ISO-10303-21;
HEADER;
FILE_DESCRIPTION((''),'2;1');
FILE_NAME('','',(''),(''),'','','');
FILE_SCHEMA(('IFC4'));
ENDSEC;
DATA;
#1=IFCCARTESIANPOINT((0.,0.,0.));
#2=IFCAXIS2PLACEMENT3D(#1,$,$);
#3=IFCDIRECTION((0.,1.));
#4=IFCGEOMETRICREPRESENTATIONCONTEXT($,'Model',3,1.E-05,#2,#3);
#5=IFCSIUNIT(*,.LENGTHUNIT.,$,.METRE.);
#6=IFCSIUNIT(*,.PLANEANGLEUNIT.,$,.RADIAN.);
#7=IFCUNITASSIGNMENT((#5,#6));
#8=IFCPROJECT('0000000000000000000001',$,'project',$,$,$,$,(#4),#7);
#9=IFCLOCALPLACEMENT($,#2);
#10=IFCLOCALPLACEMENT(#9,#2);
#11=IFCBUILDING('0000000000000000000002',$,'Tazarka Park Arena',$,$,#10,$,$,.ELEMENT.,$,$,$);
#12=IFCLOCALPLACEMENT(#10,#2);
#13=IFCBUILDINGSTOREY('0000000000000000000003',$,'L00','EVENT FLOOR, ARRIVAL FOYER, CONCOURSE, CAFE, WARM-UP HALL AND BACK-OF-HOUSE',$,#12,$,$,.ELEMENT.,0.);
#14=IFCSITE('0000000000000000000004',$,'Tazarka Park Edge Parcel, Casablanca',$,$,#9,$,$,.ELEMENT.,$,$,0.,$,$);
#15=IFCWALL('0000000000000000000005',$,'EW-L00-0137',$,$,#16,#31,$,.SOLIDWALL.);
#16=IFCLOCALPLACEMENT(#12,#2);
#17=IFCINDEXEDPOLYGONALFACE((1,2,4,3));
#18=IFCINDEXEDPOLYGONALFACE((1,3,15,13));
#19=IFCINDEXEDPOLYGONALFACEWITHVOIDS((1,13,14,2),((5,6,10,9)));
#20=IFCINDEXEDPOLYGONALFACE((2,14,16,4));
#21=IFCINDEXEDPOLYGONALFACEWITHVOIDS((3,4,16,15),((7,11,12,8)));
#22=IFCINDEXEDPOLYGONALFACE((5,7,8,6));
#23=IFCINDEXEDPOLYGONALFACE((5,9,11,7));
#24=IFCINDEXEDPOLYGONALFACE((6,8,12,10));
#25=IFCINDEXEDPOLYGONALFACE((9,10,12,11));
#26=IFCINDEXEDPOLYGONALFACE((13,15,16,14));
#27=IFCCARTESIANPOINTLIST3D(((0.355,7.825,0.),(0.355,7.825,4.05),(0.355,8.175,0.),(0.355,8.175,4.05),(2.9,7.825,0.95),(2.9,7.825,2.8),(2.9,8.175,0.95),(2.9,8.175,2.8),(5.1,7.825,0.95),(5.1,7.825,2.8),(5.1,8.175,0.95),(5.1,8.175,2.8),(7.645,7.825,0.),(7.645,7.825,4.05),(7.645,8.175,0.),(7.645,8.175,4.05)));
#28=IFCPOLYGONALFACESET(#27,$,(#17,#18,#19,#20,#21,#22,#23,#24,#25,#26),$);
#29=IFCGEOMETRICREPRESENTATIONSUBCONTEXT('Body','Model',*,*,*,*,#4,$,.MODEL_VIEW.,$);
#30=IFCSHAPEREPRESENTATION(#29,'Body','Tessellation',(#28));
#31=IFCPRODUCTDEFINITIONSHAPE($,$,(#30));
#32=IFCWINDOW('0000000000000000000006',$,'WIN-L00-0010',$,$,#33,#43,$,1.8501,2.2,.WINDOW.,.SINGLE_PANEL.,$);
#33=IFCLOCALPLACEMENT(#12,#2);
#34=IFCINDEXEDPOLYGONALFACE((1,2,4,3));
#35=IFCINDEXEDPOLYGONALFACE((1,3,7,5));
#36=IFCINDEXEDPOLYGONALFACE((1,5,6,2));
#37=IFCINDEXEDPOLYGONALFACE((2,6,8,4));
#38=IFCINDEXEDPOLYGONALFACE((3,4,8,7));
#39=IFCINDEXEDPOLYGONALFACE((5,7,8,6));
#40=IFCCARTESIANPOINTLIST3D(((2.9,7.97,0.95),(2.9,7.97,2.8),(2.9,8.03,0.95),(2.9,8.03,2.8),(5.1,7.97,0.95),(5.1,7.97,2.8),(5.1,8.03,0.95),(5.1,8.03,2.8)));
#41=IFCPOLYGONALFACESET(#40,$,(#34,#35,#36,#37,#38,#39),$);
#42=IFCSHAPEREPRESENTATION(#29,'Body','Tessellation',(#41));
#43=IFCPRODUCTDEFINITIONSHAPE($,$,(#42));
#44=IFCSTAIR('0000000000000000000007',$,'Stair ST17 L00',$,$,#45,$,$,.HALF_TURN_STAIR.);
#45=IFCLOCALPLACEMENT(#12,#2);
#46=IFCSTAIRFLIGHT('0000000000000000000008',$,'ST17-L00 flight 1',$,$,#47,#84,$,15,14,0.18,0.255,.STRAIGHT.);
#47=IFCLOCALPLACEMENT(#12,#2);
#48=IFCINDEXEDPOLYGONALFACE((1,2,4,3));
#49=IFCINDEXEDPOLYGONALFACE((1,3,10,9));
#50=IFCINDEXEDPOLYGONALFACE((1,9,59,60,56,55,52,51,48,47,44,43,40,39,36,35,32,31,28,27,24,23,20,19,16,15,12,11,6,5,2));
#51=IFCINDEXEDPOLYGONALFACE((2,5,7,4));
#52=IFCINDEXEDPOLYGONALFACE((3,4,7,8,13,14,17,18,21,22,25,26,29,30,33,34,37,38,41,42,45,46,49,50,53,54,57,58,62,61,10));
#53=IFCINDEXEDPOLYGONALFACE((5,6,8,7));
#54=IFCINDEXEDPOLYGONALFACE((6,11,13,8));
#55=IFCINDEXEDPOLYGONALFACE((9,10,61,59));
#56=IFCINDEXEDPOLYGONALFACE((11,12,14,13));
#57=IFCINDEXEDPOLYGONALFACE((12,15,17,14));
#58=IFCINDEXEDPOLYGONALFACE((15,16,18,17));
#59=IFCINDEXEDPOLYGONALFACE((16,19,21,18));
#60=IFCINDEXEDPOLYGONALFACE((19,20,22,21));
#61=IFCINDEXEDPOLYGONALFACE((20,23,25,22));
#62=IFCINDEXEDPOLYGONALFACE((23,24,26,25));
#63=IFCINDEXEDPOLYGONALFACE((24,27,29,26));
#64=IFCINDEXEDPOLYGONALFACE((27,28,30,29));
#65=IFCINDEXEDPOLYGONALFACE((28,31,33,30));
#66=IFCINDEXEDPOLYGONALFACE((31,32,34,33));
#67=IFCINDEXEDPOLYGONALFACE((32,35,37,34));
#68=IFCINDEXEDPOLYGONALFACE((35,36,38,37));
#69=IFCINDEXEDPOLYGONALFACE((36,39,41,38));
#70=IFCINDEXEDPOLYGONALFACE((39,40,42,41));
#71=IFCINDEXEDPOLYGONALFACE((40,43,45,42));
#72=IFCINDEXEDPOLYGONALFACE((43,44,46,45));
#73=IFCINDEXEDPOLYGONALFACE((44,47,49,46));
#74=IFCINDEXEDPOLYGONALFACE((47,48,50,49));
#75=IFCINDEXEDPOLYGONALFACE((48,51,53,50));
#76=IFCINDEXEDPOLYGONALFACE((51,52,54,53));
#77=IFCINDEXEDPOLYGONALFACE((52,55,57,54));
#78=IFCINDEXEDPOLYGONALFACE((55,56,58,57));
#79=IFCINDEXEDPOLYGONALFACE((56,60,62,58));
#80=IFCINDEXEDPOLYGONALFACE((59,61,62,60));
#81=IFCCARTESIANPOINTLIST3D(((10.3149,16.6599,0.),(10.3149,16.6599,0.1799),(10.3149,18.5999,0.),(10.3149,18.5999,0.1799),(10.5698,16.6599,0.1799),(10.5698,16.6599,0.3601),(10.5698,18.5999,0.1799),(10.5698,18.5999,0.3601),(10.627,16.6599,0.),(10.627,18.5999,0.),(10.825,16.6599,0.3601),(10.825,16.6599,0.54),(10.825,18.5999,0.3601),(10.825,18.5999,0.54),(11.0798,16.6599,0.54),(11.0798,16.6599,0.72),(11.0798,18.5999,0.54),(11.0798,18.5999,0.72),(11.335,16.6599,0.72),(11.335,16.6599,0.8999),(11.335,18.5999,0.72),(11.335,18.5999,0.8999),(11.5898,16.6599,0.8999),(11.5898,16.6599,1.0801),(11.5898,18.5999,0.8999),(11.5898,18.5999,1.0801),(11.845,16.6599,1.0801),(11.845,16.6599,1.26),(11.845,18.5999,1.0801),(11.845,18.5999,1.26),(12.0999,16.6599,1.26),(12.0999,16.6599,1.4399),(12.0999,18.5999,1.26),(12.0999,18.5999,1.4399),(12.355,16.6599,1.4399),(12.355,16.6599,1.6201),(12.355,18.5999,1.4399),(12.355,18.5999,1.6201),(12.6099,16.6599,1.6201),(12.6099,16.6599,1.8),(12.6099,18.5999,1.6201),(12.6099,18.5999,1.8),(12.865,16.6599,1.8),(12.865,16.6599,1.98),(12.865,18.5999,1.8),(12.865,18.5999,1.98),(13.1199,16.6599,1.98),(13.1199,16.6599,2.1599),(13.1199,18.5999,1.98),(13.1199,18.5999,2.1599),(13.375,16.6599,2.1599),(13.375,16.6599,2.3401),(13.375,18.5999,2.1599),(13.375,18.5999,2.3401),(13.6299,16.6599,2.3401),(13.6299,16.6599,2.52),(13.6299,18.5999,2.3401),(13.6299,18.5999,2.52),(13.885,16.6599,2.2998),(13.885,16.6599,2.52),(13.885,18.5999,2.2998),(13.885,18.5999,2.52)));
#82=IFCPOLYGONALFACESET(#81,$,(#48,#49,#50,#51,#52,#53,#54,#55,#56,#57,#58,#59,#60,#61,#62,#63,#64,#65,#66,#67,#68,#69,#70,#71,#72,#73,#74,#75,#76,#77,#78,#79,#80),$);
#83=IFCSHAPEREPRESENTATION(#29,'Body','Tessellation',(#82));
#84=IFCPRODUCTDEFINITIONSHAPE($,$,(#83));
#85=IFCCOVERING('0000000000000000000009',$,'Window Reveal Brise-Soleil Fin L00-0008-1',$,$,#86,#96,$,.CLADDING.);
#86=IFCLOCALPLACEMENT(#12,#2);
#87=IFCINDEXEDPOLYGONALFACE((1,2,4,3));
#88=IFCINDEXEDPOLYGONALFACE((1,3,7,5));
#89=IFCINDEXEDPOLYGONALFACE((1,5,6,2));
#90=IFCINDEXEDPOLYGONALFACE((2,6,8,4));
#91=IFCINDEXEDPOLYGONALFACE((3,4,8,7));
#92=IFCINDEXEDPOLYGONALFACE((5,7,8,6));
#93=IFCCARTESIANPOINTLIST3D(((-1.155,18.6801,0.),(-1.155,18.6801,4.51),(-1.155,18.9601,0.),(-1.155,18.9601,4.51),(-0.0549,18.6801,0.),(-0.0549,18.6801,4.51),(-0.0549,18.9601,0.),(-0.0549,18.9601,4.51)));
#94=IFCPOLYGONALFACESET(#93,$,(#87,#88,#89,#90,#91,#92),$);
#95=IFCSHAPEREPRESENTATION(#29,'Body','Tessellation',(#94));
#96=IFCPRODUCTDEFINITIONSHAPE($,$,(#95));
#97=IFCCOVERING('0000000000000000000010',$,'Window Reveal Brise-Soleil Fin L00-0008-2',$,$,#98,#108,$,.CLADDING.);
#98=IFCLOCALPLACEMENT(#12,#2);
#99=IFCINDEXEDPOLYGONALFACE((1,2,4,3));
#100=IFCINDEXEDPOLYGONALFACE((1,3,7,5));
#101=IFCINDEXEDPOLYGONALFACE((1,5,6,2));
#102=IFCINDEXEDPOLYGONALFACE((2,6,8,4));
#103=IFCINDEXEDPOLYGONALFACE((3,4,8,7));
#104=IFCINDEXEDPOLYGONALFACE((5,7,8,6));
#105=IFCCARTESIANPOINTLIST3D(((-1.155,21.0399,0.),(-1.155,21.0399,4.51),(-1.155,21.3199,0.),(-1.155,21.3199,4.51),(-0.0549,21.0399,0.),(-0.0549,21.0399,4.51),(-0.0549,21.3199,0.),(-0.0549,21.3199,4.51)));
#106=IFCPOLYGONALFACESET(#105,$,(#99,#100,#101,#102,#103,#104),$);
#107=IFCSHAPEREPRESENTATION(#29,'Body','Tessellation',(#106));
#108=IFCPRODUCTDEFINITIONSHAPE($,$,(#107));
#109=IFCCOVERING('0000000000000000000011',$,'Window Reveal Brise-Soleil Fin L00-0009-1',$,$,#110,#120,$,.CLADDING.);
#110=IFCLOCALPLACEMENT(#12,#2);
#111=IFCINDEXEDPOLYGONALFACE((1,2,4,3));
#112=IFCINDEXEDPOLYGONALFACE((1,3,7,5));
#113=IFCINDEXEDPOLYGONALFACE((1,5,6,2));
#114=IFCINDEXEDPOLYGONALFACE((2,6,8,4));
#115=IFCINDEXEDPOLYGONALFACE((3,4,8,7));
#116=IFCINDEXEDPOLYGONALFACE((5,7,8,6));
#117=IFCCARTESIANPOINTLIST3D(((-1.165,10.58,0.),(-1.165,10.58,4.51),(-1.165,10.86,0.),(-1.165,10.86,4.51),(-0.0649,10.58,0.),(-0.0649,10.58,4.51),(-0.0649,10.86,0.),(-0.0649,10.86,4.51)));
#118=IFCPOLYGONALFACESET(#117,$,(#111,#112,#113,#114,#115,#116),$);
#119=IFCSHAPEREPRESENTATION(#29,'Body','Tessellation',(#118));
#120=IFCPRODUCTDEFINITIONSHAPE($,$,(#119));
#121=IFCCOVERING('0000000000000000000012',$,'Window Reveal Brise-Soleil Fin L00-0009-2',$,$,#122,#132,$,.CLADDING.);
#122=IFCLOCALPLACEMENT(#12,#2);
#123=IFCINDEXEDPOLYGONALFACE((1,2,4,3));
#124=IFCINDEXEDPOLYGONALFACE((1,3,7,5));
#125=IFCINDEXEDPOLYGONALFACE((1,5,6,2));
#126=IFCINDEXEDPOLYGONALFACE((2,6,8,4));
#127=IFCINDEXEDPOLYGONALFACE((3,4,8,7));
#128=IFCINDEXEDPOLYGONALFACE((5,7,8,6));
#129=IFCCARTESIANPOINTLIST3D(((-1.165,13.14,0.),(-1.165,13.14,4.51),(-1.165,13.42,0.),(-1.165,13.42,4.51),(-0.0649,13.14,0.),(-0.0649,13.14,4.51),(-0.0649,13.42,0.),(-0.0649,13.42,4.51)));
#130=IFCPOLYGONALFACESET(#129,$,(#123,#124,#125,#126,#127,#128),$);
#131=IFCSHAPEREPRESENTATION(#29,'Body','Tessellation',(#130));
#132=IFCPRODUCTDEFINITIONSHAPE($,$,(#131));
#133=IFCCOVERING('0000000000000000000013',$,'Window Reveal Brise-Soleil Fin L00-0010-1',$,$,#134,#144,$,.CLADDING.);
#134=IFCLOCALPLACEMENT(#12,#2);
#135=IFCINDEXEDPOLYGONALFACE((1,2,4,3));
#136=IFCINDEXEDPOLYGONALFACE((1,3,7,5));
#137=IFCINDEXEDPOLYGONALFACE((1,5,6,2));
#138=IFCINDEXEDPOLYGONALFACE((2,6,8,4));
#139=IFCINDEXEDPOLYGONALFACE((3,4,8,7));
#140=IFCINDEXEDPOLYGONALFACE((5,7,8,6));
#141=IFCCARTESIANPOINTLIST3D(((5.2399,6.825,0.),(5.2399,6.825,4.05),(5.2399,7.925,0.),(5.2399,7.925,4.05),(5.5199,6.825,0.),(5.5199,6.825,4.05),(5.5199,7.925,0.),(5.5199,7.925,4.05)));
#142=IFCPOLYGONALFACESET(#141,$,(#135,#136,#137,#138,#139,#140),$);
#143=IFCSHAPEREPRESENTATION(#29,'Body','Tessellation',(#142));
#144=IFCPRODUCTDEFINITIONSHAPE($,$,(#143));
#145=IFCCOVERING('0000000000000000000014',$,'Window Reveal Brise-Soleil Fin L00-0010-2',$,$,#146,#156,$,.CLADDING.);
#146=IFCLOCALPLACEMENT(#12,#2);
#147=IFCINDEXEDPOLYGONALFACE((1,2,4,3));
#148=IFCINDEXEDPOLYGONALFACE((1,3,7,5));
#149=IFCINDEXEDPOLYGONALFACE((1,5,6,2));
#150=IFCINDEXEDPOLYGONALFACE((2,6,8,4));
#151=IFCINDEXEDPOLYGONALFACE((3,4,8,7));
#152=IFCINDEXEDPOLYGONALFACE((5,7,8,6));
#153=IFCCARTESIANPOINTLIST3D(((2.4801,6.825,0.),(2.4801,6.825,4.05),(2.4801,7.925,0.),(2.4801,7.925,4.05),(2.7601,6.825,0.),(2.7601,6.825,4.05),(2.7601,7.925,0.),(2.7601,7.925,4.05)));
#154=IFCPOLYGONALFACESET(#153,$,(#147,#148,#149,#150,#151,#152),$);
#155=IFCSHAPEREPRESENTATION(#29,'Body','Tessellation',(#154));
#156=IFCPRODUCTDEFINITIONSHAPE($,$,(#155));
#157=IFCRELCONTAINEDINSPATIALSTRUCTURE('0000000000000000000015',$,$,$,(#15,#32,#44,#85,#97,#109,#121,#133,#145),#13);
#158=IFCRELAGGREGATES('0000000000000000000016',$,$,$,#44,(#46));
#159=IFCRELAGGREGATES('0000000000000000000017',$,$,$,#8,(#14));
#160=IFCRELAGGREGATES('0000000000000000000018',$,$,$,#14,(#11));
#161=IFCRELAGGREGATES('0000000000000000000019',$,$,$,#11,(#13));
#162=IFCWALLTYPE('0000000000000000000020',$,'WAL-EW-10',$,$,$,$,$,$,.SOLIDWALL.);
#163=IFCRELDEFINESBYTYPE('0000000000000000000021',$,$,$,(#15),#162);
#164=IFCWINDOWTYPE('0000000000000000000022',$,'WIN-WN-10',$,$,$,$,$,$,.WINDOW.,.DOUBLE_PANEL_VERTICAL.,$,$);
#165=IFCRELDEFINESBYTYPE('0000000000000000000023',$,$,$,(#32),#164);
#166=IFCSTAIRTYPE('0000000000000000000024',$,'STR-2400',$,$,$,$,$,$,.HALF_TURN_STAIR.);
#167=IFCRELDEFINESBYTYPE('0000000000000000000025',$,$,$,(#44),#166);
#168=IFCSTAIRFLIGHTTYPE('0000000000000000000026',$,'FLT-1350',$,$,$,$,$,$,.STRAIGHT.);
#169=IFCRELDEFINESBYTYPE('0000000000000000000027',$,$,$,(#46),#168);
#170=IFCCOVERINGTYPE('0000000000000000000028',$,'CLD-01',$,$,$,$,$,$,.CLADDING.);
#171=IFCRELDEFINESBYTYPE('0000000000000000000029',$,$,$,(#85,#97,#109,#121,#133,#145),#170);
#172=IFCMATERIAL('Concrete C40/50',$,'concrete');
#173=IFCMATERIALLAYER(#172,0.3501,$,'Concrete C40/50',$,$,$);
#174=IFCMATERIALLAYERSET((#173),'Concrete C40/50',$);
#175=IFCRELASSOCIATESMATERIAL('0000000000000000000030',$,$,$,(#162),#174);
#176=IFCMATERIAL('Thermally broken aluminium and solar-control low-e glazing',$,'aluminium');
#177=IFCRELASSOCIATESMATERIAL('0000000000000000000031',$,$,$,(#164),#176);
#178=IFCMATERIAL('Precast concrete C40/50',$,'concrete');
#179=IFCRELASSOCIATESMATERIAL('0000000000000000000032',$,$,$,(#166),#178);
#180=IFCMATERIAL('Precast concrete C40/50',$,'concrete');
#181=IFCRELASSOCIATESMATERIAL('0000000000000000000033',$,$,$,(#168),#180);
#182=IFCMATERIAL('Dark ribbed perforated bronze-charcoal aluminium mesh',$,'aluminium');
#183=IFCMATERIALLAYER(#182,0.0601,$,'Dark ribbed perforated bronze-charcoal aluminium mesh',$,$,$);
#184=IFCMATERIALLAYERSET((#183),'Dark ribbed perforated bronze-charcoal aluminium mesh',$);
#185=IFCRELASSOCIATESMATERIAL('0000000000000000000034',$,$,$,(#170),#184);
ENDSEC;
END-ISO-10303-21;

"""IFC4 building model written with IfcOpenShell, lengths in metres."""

from ifc_helpers import new_model, si_unit, direction, frame, frame_2d, origin, origin_2d, place, context, subcontext, project, spatial, polyline, rectangle, outline, extrude, material, layer, layer_set, type_object, element, fill, aggregate, save


model = new_model("IFC4")

# Units and contexts
model_context = context("Model", 3, precision=1e-05, world=origin(), true_north=direction((0.0, 1.0)))
body_context = subcontext(model_context, "Body", "Model", "MODEL_VIEW")
ifc_project = project(units=[si_unit("LENGTHUNIT", "METRE"), si_unit("PLANEANGLEUNIT", "RADIAN")], contexts=[model_context])

# Site, building, storey
site_placement = place(None, origin())
site = spatial("IfcSite", under=ifc_project, at=site_placement, Name="Tazarka Park Edge Parcel, Casablanca", CompositionType="ELEMENT", RefElevation=0.0)
building_placement = place(site_placement, origin())
building = spatial("IfcBuilding", under=site, at=building_placement, Name="Tazarka Park Arena", CompositionType="ELEMENT")
storey_placement = place(building_placement, origin())
storey = spatial("IfcBuildingStorey", under=building, at=storey_placement, Name="L00", Description="EVENT FLOOR, ARRIVAL FOYER, CONCOURSE, CAFE, WARM-UP HALL AND BACK-OF-HOUSE", CompositionType="ELEMENT", Elevation=0.0)

# Wall, opening, window
ifc_material_1 = material(Name="Concrete C40/50", Category="concrete")
ifc_layer_1 = layer(ifc_material_1, 0.3501, Name="Concrete C40/50")
ifc_layer_set_1 = layer_set([ifc_layer_1], Name="Concrete C40/50")
wall_type_1 = type_object("IfcWallType", Name="WAL-EW-10", PredefinedType="SOLIDWALL", material=ifc_layer_set_1)
wall_1_placement = place(storey_placement, frame((7.645, 8.0, 0.0), z_axis=(0.0, 0.0, 1.0), x_axis=(-1.0, 0.0, 0.0)))
wall_1 = element("IfcWall", 1, at=wall_1_placement, inside=storey, type_object=wall_type_1, Name="EW-L00-0137", PredefinedType="SOLIDWALL", context=body_context, shape_type="SweptSolid", body=[
    extrude(rectangle(XDim=7.29, YDim=0.3501, at=frame_2d((3.645, 0.0))), origin(), (0.0, 0.0, 1.0), 4.05),
])
opening_1_placement = place(wall_1_placement, frame((2.5449, 0.0, 0.95)))
opening_1 = element("IfcOpeningElement", 2, at=opening_1_placement, cuts=wall_1, PredefinedType="OPENING", context=body_context, shape_type="SweptSolid", body=[
    extrude(rectangle(XDim=2.2, YDim=1.8501, at=frame_2d((1.1001, 0.925))), frame((0.0, 0.1851, 0.0), z_axis=(0.0, -1.0, 0.0), x_axis=(1.0, 0.0, 0.0)), (0.0, 0.0, 1.0), 0.3701),
])
ifc_material_2 = material(Name="Thermally broken aluminium and solar-control low-e glazing", Category="aluminium")
window_type_1 = type_object("IfcWindowType", Name="WIN-WN-10", PartitioningType="DOUBLE_PANEL_VERTICAL", PredefinedType="WINDOW", material=ifc_material_2)
window_1_placement = place(opening_1_placement, origin())
window_1 = element("IfcWindow", 3, at=window_1_placement, inside=storey, type_object=window_type_1, Name="WIN-L00-0010", OverallHeight=1.8501, OverallWidth=2.2, PartitioningType="SINGLE_PANEL", PredefinedType="WINDOW", context=body_context, shape_type="SweptSolid", body=[
    extrude(rectangle(XDim=2.2, YDim=1.8501, at=frame_2d((1.1001, 0.925))), frame((0.0, 0.03, 0.0), z_axis=(0.0, -1.0, 0.0), x_axis=(1.0, 0.0, 0.0)), (0.0, 0.0, 1.0), 0.0601),
])
fill(opening_1, window_1)

# Stair, stair flight
ifc_material_3 = material(Name="Precast concrete C40/50", Category="concrete")
stair_type = type_object("IfcStairType", Name="STR-2400", PredefinedType="HALF_TURN_STAIR", material=ifc_material_3)
stair_placement = place(storey_placement, origin())
stair = element("IfcStair", 4, at=stair_placement, inside=storey, type_object=stair_type, Name="Stair ST17 L00", PredefinedType="HALF_TURN_STAIR")
ifc_material_4 = material(Name="Precast concrete C40/50", Category="concrete")
stair_flight_type = type_object("IfcStairFlightType", Name="FLT-1350", PredefinedType="STRAIGHT", material=ifc_material_4)
stair_flight_placement = place(storey_placement, frame((10.3149, 17.6299, 0.0), z_axis=(0.0, 0.0, 1.0), x_axis=(1.0, 0.0, 0.0)))
stair_flight = element("IfcStairFlight", 5, at=stair_flight_placement, type_object=stair_flight_type, Name="ST17-L00 flight 1", NumberOfRisers=15, NumberOfTreads=14, PredefinedType="STRAIGHT", RiserHeight=0.18, TreadLength=0.255, context=body_context, shape_type="SweptSolid", body=[
    extrude(outline(polyline([(0.0, 0.0), (0.0, 0.1799), (0.2549, 0.1799), (0.2549, 0.3601), (0.51, 0.3601), (0.51, 0.54), (0.7649, 0.54), (0.7649, 0.72), (1.02, 0.72), (1.02, 0.8999), (1.2749, 0.8999), (1.2749, 1.0801), (1.53, 1.0801), (1.53, 1.26), (1.7849, 1.26), (1.7849, 1.4399), (2.04, 1.4399), (2.04, 1.6201), (2.2949, 1.6201), (2.2949, 1.8), (2.55, 1.8), (2.55, 1.98), (2.8049, 1.98), (2.8049, 2.1599), (3.0601, 2.1599), (3.0601, 2.3401), (3.3149, 2.3401), (3.3149, 2.52), (3.5701, 2.52), (3.5701, 2.7), (3.5701, 2.2998), (0.312, 0.0), (0.0, 0.0)])), frame((0.0, 0.97, 0.0), z_axis=(0.0, -1.0, 0.0), x_axis=(1.0, 0.0, 0.0)), (0.0, 0.0, 1.0), 1.9399),
])
aggregate(stair, [stair_flight])

# Coverings
ifc_material_5 = material(Name="Dark ribbed perforated bronze-charcoal aluminium mesh", Category="aluminium")
ifc_layer_2 = layer(ifc_material_5, 0.0601, Name="Dark ribbed perforated bronze-charcoal aluminium mesh")
ifc_layer_set_2 = layer_set([ifc_layer_2], Name="Dark ribbed perforated bronze-charcoal aluminium mesh")
covering_type = type_object("IfcCoveringType", Name="CLD-01", PredefinedType="CLADDING", material=ifc_layer_set_2)
for number, where, z_axis, x_axis, name in (
    (6, (-0.605, 18.8201, 0.0), (0.0, 0.0, 1.0), (0.0, 1.0, 0.0), "Window Reveal Brise-Soleil Fin L00-0008-1"),
    (7, (-0.605, 21.1799, 0.0), (0.0, 0.0, 1.0), (0.0, 1.0, 0.0), "Window Reveal Brise-Soleil Fin L00-0008-2"),
    (8, (-0.615, 10.72, 0.0), (0.0, 0.0, 1.0), (0.0, 1.0, 0.0), "Window Reveal Brise-Soleil Fin L00-0009-1"),
    (9, (-0.615, 13.28, 0.0), (0.0, 0.0, 1.0), (0.0, 1.0, 0.0), "Window Reveal Brise-Soleil Fin L00-0009-2"),
):
    element("IfcCovering", number, at=place(storey_placement, frame(where, z_axis=z_axis, x_axis=x_axis)), inside=storey, type_object=covering_type, Name=name, PredefinedType="CLADDING", context=body_context, shape_type="SweptSolid", body=[
        extrude(rectangle(XDim=0.28, YDim=1.1001, at=origin_2d()), origin(), (0.0, 0.0, 1.0), 4.51),
    ])
for number, where, z_axis, x_axis, name in (
    (10, (5.3799, 7.375, 0.0), (0.0, 0.0, 1.0), (-1.0, 0.0, 0.0), "Window Reveal Brise-Soleil Fin L00-0010-1"),
    (11, (2.6201, 7.375, 0.0), (0.0, 0.0, 1.0), (-1.0, 0.0, 0.0), "Window Reveal Brise-Soleil Fin L00-0010-2"),
):
    element("IfcCovering", number, at=place(storey_placement, frame(where, z_axis=z_axis, x_axis=x_axis)), inside=storey, type_object=covering_type, Name=name, PredefinedType="CLADDING", context=body_context, shape_type="SweptSolid", body=[
        extrude(rectangle(XDim=0.28, YDim=1.1001, at=origin_2d()), origin(), (0.0, 0.0, 1.0), 4.05),
    ])

save(model, "model.ifc")
